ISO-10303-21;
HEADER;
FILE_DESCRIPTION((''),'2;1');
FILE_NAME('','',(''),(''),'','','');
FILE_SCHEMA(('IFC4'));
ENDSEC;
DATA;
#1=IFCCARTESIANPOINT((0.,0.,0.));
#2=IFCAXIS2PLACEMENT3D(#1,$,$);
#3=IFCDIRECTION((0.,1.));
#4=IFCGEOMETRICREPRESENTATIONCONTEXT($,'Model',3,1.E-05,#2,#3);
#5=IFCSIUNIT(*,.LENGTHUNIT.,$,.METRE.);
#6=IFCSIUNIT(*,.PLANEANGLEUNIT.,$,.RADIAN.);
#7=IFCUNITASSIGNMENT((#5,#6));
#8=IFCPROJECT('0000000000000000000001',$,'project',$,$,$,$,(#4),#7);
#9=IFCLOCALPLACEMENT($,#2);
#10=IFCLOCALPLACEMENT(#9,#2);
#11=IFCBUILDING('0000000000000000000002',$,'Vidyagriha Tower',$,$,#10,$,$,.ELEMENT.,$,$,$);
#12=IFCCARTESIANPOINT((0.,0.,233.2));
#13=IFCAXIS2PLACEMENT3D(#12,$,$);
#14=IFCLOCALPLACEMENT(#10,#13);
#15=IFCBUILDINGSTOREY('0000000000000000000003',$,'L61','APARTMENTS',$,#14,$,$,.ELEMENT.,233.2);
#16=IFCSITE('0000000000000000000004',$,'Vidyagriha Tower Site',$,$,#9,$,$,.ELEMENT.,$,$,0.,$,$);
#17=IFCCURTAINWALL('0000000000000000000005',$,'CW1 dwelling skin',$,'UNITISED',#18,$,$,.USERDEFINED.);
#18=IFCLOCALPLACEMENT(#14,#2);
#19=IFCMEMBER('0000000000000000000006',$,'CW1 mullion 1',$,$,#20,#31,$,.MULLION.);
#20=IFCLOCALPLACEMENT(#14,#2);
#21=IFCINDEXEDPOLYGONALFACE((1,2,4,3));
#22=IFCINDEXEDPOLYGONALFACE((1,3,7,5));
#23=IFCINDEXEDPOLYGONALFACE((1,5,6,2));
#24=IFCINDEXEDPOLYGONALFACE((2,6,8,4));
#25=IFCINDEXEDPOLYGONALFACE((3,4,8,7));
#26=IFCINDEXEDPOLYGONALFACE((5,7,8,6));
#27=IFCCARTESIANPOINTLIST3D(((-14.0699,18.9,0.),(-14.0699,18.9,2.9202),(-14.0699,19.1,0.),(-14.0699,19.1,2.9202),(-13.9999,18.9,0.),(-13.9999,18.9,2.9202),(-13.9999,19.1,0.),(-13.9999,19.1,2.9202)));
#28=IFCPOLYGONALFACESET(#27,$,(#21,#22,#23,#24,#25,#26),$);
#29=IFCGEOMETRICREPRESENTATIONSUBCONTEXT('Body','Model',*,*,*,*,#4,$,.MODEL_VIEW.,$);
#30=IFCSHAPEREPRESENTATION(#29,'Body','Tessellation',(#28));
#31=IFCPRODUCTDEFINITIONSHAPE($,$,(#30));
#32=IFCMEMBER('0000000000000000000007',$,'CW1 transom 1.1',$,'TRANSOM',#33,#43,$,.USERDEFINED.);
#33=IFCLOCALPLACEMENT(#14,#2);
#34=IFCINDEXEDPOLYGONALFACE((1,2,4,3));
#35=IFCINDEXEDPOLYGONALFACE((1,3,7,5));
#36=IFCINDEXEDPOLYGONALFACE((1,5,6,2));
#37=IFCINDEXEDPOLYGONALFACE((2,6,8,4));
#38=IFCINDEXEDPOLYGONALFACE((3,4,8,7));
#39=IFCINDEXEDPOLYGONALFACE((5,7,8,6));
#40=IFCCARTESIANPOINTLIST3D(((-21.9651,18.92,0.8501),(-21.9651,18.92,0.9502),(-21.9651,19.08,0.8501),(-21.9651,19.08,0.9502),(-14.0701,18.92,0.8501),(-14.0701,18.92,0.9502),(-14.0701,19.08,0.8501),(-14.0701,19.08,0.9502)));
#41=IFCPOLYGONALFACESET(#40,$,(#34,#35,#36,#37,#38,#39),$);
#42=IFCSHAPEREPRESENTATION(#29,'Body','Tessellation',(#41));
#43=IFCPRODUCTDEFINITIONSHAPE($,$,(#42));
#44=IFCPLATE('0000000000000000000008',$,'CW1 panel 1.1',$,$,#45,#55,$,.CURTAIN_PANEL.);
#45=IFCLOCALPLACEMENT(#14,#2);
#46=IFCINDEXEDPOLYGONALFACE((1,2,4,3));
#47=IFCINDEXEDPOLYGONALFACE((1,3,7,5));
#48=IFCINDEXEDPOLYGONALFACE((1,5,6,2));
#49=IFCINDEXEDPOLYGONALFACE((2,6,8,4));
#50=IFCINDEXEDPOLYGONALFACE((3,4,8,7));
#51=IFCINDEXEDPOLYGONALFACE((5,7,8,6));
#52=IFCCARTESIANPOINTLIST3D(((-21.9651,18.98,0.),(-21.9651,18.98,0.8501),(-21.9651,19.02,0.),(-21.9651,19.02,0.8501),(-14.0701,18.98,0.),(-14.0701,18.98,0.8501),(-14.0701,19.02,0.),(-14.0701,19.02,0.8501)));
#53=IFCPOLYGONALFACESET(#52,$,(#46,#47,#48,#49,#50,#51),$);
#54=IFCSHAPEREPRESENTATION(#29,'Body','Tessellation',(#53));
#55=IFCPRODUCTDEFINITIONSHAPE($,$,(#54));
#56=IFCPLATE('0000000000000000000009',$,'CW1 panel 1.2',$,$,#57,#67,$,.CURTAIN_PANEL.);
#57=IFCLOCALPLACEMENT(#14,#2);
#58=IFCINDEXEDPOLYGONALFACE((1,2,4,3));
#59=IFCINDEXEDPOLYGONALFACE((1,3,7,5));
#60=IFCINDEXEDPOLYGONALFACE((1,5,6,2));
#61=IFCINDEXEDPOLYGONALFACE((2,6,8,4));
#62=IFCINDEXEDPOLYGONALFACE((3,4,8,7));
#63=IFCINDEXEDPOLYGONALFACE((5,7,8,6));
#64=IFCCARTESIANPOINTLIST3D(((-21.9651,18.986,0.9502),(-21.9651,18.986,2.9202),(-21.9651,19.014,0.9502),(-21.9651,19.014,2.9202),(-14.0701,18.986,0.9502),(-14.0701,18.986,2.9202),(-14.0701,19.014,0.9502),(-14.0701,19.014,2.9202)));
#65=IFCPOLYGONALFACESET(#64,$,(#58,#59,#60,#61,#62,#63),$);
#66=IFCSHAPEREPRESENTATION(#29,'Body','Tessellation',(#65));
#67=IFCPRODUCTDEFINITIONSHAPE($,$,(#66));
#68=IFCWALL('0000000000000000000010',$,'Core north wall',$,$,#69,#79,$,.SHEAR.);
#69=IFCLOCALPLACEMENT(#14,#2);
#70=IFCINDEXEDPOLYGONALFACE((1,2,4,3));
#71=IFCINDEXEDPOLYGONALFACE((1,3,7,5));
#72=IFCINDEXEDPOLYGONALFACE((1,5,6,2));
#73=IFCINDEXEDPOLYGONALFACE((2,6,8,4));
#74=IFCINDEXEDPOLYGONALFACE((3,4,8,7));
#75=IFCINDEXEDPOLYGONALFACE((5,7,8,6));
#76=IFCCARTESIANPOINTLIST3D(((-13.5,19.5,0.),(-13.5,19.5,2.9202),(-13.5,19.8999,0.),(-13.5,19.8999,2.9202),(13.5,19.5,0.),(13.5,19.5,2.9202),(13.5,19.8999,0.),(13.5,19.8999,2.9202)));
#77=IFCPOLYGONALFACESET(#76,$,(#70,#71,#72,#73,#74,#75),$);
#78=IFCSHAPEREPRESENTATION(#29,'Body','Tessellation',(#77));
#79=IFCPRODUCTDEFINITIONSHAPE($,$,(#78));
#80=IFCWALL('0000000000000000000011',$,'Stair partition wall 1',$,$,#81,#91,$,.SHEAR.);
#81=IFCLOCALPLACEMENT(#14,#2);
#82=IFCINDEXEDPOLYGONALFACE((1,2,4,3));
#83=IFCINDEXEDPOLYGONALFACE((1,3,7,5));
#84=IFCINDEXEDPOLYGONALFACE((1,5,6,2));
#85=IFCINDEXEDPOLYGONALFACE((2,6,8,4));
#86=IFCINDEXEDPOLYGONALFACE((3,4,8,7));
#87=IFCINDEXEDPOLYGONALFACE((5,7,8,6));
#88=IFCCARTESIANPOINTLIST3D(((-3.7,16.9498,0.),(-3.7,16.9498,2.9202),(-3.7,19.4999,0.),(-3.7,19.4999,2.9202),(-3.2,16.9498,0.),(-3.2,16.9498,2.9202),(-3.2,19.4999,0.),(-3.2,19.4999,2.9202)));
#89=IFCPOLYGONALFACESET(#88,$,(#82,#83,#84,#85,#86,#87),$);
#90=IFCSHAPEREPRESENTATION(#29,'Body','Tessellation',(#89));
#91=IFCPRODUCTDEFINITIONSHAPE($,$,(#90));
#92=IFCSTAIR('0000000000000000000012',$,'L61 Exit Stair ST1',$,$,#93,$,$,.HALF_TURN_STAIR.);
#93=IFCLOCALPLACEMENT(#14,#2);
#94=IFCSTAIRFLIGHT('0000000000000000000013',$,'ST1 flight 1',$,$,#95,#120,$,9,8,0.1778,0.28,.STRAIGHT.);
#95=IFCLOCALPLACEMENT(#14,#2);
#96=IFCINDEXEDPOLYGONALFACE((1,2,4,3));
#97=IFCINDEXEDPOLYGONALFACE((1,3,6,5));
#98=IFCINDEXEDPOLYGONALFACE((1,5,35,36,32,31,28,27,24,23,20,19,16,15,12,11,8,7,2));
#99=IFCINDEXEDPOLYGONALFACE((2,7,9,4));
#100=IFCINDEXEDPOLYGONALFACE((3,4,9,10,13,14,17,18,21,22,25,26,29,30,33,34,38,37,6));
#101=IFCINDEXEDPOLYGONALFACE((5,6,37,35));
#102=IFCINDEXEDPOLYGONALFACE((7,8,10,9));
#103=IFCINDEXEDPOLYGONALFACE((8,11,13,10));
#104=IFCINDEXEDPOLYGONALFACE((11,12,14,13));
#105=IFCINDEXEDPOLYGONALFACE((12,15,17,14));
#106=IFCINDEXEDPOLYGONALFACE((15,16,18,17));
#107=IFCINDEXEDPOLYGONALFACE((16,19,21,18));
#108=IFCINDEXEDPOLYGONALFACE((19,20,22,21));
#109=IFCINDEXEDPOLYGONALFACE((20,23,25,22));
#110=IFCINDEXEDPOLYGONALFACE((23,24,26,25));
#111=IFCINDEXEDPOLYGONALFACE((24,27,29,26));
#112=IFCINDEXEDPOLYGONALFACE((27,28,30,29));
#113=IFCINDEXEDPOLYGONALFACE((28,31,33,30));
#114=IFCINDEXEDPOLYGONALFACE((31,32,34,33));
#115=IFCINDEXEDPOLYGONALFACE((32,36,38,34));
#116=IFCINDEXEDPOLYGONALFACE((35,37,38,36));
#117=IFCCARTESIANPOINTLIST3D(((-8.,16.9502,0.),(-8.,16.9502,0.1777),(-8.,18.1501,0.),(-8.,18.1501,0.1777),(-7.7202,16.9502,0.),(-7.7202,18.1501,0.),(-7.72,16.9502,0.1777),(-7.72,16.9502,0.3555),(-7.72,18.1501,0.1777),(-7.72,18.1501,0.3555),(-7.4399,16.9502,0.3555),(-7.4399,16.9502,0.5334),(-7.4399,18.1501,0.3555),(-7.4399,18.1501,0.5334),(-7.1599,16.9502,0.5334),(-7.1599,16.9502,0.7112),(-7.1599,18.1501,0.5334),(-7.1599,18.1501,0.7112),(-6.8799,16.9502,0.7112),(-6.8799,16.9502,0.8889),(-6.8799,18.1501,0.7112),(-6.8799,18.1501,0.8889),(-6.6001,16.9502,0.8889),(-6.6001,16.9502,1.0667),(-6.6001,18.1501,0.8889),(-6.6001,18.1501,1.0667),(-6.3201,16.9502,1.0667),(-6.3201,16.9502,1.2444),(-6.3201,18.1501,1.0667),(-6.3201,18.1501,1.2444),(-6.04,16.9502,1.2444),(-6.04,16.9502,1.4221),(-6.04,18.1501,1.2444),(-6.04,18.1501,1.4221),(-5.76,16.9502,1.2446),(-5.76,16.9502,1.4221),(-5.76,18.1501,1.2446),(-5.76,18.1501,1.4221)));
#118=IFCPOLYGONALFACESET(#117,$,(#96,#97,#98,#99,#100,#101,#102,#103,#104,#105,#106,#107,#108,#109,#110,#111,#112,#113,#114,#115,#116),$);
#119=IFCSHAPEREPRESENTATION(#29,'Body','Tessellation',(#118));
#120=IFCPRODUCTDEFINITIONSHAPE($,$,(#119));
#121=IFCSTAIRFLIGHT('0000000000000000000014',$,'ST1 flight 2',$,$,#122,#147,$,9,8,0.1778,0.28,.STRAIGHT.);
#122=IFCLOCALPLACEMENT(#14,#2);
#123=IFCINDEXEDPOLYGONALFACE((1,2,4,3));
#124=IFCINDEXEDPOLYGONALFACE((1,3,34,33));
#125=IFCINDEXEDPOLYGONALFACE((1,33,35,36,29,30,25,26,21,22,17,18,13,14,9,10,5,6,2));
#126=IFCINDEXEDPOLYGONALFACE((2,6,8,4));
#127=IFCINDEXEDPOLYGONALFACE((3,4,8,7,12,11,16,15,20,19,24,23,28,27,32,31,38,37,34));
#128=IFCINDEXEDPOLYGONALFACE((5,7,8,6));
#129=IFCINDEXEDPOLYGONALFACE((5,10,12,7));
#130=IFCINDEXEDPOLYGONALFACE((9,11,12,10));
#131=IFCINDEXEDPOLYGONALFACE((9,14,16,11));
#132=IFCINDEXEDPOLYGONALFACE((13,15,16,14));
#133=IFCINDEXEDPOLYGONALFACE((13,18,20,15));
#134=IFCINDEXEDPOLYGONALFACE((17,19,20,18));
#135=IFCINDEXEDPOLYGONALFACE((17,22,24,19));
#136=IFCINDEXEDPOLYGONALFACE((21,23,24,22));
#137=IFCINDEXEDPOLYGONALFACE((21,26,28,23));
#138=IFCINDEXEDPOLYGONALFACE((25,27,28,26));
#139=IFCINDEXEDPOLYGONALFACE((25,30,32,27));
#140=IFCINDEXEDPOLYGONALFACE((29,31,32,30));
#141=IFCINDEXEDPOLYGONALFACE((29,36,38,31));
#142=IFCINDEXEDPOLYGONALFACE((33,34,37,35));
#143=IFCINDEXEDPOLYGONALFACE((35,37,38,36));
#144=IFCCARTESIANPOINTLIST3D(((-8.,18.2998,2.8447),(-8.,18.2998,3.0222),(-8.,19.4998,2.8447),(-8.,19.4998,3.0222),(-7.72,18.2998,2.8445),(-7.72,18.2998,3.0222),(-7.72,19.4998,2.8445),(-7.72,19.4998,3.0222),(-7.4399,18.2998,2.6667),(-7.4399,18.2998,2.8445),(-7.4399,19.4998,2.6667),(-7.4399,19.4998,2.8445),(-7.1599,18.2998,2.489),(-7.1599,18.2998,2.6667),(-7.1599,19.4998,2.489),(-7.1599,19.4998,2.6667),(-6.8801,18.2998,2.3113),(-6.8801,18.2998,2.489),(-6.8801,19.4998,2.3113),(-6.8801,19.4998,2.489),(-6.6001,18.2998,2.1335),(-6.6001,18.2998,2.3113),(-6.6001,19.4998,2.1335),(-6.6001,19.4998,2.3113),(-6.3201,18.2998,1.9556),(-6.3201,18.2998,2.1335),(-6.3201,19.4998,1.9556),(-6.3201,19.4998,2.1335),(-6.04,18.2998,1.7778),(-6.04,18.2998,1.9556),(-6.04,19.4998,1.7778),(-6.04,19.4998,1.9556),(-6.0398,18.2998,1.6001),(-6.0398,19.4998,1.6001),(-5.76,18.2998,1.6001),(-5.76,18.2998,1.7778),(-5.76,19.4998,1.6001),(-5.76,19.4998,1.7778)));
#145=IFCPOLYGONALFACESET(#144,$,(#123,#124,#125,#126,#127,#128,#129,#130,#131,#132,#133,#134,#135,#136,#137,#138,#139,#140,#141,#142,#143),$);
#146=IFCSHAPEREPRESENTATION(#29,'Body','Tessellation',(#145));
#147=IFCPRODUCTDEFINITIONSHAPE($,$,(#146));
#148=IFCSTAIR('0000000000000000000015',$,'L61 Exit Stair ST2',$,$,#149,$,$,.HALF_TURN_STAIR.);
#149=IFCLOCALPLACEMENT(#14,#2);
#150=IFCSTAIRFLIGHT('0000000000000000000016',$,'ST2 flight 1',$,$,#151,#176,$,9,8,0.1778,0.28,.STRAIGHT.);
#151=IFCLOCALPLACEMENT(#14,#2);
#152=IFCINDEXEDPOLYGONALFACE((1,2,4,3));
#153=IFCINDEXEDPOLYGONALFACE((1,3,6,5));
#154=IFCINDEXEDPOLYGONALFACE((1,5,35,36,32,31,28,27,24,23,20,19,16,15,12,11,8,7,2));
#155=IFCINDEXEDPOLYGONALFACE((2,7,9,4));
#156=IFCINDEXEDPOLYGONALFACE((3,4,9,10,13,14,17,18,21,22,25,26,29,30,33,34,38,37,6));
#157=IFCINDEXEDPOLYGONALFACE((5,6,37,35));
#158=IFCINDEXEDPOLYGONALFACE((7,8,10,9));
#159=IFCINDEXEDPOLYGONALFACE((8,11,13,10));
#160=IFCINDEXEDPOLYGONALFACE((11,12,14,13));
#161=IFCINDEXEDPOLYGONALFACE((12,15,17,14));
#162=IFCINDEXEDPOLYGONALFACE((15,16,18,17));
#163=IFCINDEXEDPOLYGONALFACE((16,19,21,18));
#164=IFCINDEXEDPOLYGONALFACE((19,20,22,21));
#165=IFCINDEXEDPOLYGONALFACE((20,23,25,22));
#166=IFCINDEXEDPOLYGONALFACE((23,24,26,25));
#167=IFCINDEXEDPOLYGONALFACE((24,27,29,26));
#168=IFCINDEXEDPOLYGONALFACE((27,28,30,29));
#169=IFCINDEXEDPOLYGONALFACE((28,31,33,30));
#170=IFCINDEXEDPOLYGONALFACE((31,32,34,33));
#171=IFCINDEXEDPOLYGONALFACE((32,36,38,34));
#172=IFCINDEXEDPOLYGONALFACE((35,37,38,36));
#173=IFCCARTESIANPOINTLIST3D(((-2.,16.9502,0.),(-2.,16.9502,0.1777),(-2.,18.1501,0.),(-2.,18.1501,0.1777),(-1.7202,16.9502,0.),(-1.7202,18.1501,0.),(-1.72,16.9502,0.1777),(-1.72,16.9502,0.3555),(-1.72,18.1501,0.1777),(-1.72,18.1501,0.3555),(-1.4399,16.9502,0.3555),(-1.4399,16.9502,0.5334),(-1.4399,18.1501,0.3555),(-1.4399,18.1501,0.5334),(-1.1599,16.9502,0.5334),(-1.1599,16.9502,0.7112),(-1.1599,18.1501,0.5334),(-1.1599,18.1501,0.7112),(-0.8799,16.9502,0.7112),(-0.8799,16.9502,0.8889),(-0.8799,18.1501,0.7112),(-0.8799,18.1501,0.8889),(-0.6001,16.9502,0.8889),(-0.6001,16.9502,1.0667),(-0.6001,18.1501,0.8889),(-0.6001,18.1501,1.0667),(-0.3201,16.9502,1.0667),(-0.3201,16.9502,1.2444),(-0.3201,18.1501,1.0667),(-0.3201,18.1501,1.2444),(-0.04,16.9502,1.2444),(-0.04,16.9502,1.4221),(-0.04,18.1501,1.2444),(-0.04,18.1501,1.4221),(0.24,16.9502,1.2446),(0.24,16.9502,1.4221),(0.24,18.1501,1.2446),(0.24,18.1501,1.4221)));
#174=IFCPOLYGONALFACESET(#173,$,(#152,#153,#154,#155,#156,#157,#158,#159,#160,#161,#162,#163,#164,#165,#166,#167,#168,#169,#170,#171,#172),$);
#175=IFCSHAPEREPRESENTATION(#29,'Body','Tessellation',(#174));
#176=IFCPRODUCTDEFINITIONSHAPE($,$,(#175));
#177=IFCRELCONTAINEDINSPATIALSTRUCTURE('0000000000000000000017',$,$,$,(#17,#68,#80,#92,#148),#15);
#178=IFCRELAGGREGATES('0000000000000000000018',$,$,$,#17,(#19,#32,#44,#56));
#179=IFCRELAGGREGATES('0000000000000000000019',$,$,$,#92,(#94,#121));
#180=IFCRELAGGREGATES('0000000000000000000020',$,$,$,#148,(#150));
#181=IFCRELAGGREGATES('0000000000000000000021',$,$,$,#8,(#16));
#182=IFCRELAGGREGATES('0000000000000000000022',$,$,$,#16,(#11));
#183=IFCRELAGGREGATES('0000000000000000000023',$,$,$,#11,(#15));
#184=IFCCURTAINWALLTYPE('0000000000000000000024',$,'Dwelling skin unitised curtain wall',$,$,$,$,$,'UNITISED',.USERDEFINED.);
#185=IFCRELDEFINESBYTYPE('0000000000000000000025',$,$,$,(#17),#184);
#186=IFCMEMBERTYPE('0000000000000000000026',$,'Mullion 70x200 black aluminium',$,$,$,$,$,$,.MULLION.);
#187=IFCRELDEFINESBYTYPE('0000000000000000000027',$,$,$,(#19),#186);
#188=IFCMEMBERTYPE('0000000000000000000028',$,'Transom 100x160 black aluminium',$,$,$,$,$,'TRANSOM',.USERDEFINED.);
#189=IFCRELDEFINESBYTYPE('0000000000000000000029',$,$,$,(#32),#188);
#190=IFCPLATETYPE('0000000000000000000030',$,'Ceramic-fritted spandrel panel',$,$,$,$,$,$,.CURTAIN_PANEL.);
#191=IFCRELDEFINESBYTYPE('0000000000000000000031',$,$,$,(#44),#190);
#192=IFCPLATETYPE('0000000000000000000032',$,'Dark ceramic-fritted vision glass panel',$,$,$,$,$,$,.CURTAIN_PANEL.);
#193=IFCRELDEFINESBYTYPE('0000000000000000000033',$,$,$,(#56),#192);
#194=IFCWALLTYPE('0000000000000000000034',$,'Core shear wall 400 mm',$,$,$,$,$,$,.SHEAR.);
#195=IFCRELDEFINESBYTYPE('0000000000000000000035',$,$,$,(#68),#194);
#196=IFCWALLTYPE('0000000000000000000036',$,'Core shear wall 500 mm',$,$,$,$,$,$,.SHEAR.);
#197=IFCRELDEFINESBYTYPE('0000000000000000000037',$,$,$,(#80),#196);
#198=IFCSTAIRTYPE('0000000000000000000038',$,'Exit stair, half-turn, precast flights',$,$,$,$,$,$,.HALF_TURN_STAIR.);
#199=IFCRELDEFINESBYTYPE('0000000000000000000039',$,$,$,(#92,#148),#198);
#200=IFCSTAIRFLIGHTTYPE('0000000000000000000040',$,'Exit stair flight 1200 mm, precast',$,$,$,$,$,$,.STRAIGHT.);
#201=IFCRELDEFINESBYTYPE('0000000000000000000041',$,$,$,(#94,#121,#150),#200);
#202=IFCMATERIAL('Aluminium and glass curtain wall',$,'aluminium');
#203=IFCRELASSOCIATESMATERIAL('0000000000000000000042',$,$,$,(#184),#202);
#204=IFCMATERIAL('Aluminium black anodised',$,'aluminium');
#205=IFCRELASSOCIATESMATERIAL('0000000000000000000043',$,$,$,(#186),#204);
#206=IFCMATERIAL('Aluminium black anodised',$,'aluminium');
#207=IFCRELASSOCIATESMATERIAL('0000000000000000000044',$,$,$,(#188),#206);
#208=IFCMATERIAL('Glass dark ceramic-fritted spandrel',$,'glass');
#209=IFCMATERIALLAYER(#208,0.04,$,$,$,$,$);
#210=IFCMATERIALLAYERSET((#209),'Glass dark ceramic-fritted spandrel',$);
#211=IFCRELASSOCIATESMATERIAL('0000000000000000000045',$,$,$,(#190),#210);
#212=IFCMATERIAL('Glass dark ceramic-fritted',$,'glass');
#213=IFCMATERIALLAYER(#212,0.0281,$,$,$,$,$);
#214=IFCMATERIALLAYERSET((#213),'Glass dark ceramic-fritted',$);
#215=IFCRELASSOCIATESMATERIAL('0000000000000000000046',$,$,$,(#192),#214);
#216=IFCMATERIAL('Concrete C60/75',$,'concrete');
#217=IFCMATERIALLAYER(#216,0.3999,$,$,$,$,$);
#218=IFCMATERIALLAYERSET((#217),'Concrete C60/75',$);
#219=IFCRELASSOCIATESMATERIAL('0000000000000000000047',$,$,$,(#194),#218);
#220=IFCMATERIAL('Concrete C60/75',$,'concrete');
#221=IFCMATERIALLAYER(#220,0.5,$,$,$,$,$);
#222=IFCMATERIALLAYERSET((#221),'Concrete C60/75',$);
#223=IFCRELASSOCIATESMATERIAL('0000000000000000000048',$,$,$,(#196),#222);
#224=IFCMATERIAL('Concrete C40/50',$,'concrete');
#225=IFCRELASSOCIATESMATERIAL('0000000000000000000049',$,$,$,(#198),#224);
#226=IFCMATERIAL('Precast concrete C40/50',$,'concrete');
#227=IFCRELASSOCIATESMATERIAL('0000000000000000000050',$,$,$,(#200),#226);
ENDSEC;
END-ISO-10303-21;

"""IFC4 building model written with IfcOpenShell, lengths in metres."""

from ifc_helpers import new_model, si_unit, direction, frame, frame_2d, origin, origin_2d, place, context, subcontext, project, spatial, polyline, rectangle, outline, extrude, material, layer, layer_set, material_profile, profile_set, type_object, element, aggregate, save


model = new_model("IFC4")

# Units and contexts
model_context = context("Model", 3, precision=1e-05, world=origin(), true_north=direction((0.0, 1.0)))
body_context = subcontext(model_context, "Body", "Model", "MODEL_VIEW")
ifc_project = project(units=[si_unit("LENGTHUNIT", "METRE"), si_unit("PLANEANGLEUNIT", "RADIAN")], contexts=[model_context])

# Site, building, storey
site_placement = place(None, origin())
site = spatial("IfcSite", under=ifc_project, at=site_placement, Name="Vidyagriha Tower Site", CompositionType="ELEMENT", RefElevation=0.0)
building_placement = place(site_placement, origin())
building = spatial("IfcBuilding", under=site, at=building_placement, Name="Vidyagriha Tower", CompositionType="ELEMENT")
storey_placement = place(building_placement, frame((0.0, 0.0, 233.2)))
storey = spatial("IfcBuildingStorey", under=building, at=storey_placement, Name="L61", Description="APARTMENTS", CompositionType="ELEMENT", Elevation=233.2)

# Curtain wall, members, plates
ifc_material_1 = material(Name="Aluminium and glass curtain wall", Category="aluminium")
curtain_wall_type = type_object("IfcCurtainWallType", Name="Dwelling skin unitised curtain wall", ElementType="UNITISED", PredefinedType="USERDEFINED", material=ifc_material_1)
curtain_wall_placement = place(storey_placement, origin())
curtain_wall = element("IfcCurtainWall", 1, at=curtain_wall_placement, inside=storey, type_object=curtain_wall_type, Name="CW1 dwelling skin", ObjectType="UNITISED", PredefinedType="USERDEFINED")
ifc_material_2 = material(Name="Aluminium black anodised", Category="aluminium")
ifc_material_profile_1 = material_profile(ifc_material_2, rectangle(XDim=0.2, YDim=0.0701, at=origin_2d()), Name="Mullion 70x200 black aluminium")
ifc_profile_set_1 = profile_set([ifc_material_profile_1], Name="Aluminium black anodised")
member_type_1 = type_object("IfcMemberType", Name="Mullion 70x200 black aluminium", PredefinedType="MULLION", material=ifc_profile_set_1)
member_1_placement = place(storey_placement, frame((-14.0349, 19.0, 0.0), z_axis=(0.0, 0.0, 1.0), x_axis=(0.0, -1.0, 0.0)))
member_1 = element("IfcMember", 2, at=member_1_placement, type_object=member_type_1, Name="CW1 mullion 1", PredefinedType="MULLION", context=body_context, shape_type="SweptSolid", body=[
    extrude(rectangle(XDim=0.2, YDim=0.0701, at=origin_2d()), origin(), (0.0, 0.0, 1.0), 2.9202),
])
ifc_material_3 = material(Name="Aluminium black anodised", Category="aluminium")
ifc_material_profile_2 = material_profile(ifc_material_3, rectangle(XDim=0.1599, YDim=0.1001, at=origin_2d()), Name="Transom 100x160 black aluminium")
ifc_profile_set_2 = profile_set([ifc_material_profile_2], Name="Aluminium black anodised")
member_type_2 = type_object("IfcMemberType", Name="Transom 100x160 black aluminium", ElementType="TRANSOM", PredefinedType="USERDEFINED", material=ifc_profile_set_2)
member_2_placement = place(storey_placement, frame((-14.0701, 19.0, 0.9001), z_axis=(-1.0, 0.0, 0.0), x_axis=(0.0, -1.0, 0.0)))
member_2 = element("IfcMember", 3, at=member_2_placement, type_object=member_type_2, Name="CW1 transom 1.1", ObjectType="TRANSOM", PredefinedType="USERDEFINED", context=body_context, shape_type="SweptSolid", body=[
    extrude(rectangle(XDim=0.1599, YDim=0.1001, at=origin_2d()), origin(), (0.0, 0.0, 1.0), 7.895),
])
ifc_material_4 = material(Name="Glass dark ceramic-fritted spandrel", Category="glass")
ifc_layer_1 = layer(ifc_material_4, 0.04)
ifc_layer_set_1 = layer_set([ifc_layer_1], Name="Glass dark ceramic-fritted spandrel")
plate_type_1 = type_object("IfcPlateType", Name="Ceramic-fritted spandrel panel", PredefinedType="CURTAIN_PANEL", material=ifc_layer_set_1)
plate_1_placement = place(storey_placement, frame((-18.0176, 19.0, 0.0), z_axis=(0.0, 0.0, 1.0), x_axis=(-1.0, 0.0, 0.0)))
plate_1 = element("IfcPlate", 4, at=plate_1_placement, type_object=plate_type_1, Name="CW1 panel 1.1", PredefinedType="CURTAIN_PANEL", context=body_context, shape_type="SweptSolid", body=[
    extrude(rectangle(XDim=7.895, YDim=0.04, at=origin_2d()), origin(), (0.0, 0.0, 1.0), 0.8501),
])
ifc_material_5 = material(Name="Glass dark ceramic-fritted", Category="glass")
ifc_layer_2 = layer(ifc_material_5, 0.0281)
ifc_layer_set_2 = layer_set([ifc_layer_2], Name="Glass dark ceramic-fritted")
plate_type_2 = type_object("IfcPlateType", Name="Dark ceramic-fritted vision glass panel", PredefinedType="CURTAIN_PANEL", material=ifc_layer_set_2)
plate_2_placement = place(storey_placement, frame((-18.0176, 19.0, 0.9502), z_axis=(0.0, 0.0, 1.0), x_axis=(-1.0, 0.0, 0.0)))
plate_2 = element("IfcPlate", 5, at=plate_2_placement, type_object=plate_type_2, Name="CW1 panel 1.2", PredefinedType="CURTAIN_PANEL", context=body_context, shape_type="SweptSolid", body=[
    extrude(rectangle(XDim=7.895, YDim=0.0281, at=origin_2d()), origin(), (0.0, 0.0, 1.0), 1.97),
])
aggregate(curtain_wall, [member_1, member_2, plate_1, plate_2])

# Walls
ifc_material_6 = material(Name="Concrete C60/75", Category="concrete")
ifc_layer_3 = layer(ifc_material_6, 0.3999)
ifc_layer_set_3 = layer_set([ifc_layer_3], Name="Concrete C60/75")
wall_type_1 = type_object("IfcWallType", Name="Core shear wall 400 mm", PredefinedType="SHEAR", material=ifc_layer_set_3)
wall_1_placement = place(storey_placement, frame((-13.5, 19.7, 0.0)))
element("IfcWall", 6, at=wall_1_placement, inside=storey, type_object=wall_type_1, Name="Core north wall", PredefinedType="SHEAR", context=body_context, shape_type="SweptSolid", body=[
    extrude(rectangle(XDim=27.0, YDim=0.3999, at=frame_2d((13.5, 0.0))), origin(), (0.0, 0.0, 1.0), 2.9202),
])
ifc_material_7 = material(Name="Concrete C60/75", Category="concrete")
ifc_layer_4 = layer(ifc_material_7, 0.5)
ifc_layer_set_4 = layer_set([ifc_layer_4], Name="Concrete C60/75")
wall_type_2 = type_object("IfcWallType", Name="Core shear wall 500 mm", PredefinedType="SHEAR", material=ifc_layer_set_4)
wall_2_placement = place(storey_placement, frame((-3.45, 16.95, 0.0), z_axis=(0.0, 0.0, 1.0), x_axis=(0.0, 1.0, 0.0)))
element("IfcWall", 7, at=wall_2_placement, inside=storey, type_object=wall_type_2, Name="Stair partition wall 1", PredefinedType="SHEAR", context=body_context, shape_type="SweptSolid", body=[
    extrude(rectangle(XDim=2.55, YDim=0.5, at=frame_2d((1.2749, 0.0))), origin(), (0.0, 0.0, 1.0), 2.9202),
])

# Stair, stair flights
ifc_material_8 = material(Name="Concrete C40/50", Category="concrete")
stair_type = type_object("IfcStairType", Name="Exit stair, half-turn, precast flights", PredefinedType="HALF_TURN_STAIR", material=ifc_material_8)
stair_1_placement = place(storey_placement, origin())
stair_1 = element("IfcStair", 8, at=stair_1_placement, inside=storey, type_object=stair_type, Name="L61 Exit Stair ST1", PredefinedType="HALF_TURN_STAIR")
ifc_material_9 = material(Name="Precast concrete C40/50", Category="concrete")
stair_flight_type = type_object("IfcStairFlightType", Name="Exit stair flight 1200 mm, precast", PredefinedType="STRAIGHT", material=ifc_material_9)
stair_flight_1_placement = place(storey_placement, frame((-8.0, 17.55, 0.0)))
stair_flight_1 = element("IfcStairFlight", 9, at=stair_flight_1_placement, type_object=stair_flight_type, Name="ST1 flight 1", NumberOfRisers=9, NumberOfTreads=8, PredefinedType="STRAIGHT", RiserHeight=0.1778, TreadLength=0.28, context=body_context, shape_type="SweptSolid", body=[
    extrude(outline(polyline([(0.0, 0.0), (0.0, 0.1777), (0.28, 0.1777), (0.28, 0.3555), (0.5601, 0.3555), (0.5601, 0.5334), (0.8401, 0.5334), (0.8401, 0.7112), (1.1201, 0.7112), (1.1201, 0.8889), (1.3999, 0.8889), (1.3999, 1.0667), (1.6799, 1.0667), (1.6799, 1.2444), (1.96, 1.2444), (1.96, 1.4221), (2.24, 1.4221), (2.24, 1.6001), (2.24, 1.2446), (0.2798, 0.0), (0.0, 0.0)])), frame((0.0, 0.6001, 0.0), z_axis=(0.0, -1.0, 0.0), x_axis=(1.0, 0.0, 0.0)), (0.0, 0.0, 1.0), 1.2),
])
stair_flight_2_placement = place(storey_placement, frame((-5.76, 18.8999, 1.6001), z_axis=(0.0, 0.0, 1.0), x_axis=(-1.0, 0.0, 0.0)))
stair_flight_2 = element("IfcStairFlight", 10, at=stair_flight_2_placement, type_object=stair_flight_type, Name="ST1 flight 2", NumberOfRisers=9, NumberOfTreads=8, PredefinedType="STRAIGHT", RiserHeight=0.1778, TreadLength=0.28, context=body_context, shape_type="SweptSolid", body=[
    extrude(outline(polyline([(0.0, 0.0), (0.0, 0.1777), (0.28, 0.1777), (0.28, 0.3555), (0.5601, 0.3555), (0.5601, 0.5334), (0.8401, 0.5334), (0.8401, 0.7112), (1.1201, 0.7112), (1.1201, 0.8889), (1.3999, 0.8889), (1.3999, 1.0667), (1.6799, 1.0667), (1.6799, 1.2444), (1.96, 1.2444), (1.96, 1.4221), (2.24, 1.4221), (2.24, 1.6001), (2.24, 1.2446), (0.2798, 0.0), (0.0, 0.0)])), frame((0.0, 0.6001, 0.0), z_axis=(0.0, -1.0, 0.0), x_axis=(1.0, 0.0, 0.0)), (0.0, 0.0, 1.0), 1.2),
])
aggregate(stair_1, [stair_flight_1, stair_flight_2])

# Stair, stair flight
stair_2_placement = place(storey_placement, origin())
stair_2 = element("IfcStair", 11, at=stair_2_placement, inside=storey, type_object=stair_type, Name="L61 Exit Stair ST2", PredefinedType="HALF_TURN_STAIR")
stair_flight_3_placement = place(storey_placement, frame((-2.0, 17.55, 0.0)))
stair_flight_3 = element("IfcStairFlight", 12, at=stair_flight_3_placement, type_object=stair_flight_type, Name="ST2 flight 1", NumberOfRisers=9, NumberOfTreads=8, PredefinedType="STRAIGHT", RiserHeight=0.1778, TreadLength=0.28, context=body_context, shape_type="SweptSolid", body=[
    extrude(outline(polyline([(0.0, 0.0), (0.0, 0.1777), (0.28, 0.1777), (0.28, 0.3555), (0.5601, 0.3555), (0.5601, 0.5334), (0.8401, 0.5334), (0.8401, 0.7112), (1.1201, 0.7112), (1.1201, 0.8889), (1.3999, 0.8889), (1.3999, 1.0667), (1.6799, 1.0667), (1.6799, 1.2444), (1.96, 1.2444), (1.96, 1.4221), (2.24, 1.4221), (2.24, 1.6001), (2.24, 1.2446), (0.2798, 0.0), (0.0, 0.0)])), frame((0.0, 0.6001, 0.0), z_axis=(0.0, -1.0, 0.0), x_axis=(1.0, 0.0, 0.0)), (0.0, 0.0, 1.0), 1.2),
])
aggregate(stair_2, [stair_flight_3])

save(model, "model.ifc")
